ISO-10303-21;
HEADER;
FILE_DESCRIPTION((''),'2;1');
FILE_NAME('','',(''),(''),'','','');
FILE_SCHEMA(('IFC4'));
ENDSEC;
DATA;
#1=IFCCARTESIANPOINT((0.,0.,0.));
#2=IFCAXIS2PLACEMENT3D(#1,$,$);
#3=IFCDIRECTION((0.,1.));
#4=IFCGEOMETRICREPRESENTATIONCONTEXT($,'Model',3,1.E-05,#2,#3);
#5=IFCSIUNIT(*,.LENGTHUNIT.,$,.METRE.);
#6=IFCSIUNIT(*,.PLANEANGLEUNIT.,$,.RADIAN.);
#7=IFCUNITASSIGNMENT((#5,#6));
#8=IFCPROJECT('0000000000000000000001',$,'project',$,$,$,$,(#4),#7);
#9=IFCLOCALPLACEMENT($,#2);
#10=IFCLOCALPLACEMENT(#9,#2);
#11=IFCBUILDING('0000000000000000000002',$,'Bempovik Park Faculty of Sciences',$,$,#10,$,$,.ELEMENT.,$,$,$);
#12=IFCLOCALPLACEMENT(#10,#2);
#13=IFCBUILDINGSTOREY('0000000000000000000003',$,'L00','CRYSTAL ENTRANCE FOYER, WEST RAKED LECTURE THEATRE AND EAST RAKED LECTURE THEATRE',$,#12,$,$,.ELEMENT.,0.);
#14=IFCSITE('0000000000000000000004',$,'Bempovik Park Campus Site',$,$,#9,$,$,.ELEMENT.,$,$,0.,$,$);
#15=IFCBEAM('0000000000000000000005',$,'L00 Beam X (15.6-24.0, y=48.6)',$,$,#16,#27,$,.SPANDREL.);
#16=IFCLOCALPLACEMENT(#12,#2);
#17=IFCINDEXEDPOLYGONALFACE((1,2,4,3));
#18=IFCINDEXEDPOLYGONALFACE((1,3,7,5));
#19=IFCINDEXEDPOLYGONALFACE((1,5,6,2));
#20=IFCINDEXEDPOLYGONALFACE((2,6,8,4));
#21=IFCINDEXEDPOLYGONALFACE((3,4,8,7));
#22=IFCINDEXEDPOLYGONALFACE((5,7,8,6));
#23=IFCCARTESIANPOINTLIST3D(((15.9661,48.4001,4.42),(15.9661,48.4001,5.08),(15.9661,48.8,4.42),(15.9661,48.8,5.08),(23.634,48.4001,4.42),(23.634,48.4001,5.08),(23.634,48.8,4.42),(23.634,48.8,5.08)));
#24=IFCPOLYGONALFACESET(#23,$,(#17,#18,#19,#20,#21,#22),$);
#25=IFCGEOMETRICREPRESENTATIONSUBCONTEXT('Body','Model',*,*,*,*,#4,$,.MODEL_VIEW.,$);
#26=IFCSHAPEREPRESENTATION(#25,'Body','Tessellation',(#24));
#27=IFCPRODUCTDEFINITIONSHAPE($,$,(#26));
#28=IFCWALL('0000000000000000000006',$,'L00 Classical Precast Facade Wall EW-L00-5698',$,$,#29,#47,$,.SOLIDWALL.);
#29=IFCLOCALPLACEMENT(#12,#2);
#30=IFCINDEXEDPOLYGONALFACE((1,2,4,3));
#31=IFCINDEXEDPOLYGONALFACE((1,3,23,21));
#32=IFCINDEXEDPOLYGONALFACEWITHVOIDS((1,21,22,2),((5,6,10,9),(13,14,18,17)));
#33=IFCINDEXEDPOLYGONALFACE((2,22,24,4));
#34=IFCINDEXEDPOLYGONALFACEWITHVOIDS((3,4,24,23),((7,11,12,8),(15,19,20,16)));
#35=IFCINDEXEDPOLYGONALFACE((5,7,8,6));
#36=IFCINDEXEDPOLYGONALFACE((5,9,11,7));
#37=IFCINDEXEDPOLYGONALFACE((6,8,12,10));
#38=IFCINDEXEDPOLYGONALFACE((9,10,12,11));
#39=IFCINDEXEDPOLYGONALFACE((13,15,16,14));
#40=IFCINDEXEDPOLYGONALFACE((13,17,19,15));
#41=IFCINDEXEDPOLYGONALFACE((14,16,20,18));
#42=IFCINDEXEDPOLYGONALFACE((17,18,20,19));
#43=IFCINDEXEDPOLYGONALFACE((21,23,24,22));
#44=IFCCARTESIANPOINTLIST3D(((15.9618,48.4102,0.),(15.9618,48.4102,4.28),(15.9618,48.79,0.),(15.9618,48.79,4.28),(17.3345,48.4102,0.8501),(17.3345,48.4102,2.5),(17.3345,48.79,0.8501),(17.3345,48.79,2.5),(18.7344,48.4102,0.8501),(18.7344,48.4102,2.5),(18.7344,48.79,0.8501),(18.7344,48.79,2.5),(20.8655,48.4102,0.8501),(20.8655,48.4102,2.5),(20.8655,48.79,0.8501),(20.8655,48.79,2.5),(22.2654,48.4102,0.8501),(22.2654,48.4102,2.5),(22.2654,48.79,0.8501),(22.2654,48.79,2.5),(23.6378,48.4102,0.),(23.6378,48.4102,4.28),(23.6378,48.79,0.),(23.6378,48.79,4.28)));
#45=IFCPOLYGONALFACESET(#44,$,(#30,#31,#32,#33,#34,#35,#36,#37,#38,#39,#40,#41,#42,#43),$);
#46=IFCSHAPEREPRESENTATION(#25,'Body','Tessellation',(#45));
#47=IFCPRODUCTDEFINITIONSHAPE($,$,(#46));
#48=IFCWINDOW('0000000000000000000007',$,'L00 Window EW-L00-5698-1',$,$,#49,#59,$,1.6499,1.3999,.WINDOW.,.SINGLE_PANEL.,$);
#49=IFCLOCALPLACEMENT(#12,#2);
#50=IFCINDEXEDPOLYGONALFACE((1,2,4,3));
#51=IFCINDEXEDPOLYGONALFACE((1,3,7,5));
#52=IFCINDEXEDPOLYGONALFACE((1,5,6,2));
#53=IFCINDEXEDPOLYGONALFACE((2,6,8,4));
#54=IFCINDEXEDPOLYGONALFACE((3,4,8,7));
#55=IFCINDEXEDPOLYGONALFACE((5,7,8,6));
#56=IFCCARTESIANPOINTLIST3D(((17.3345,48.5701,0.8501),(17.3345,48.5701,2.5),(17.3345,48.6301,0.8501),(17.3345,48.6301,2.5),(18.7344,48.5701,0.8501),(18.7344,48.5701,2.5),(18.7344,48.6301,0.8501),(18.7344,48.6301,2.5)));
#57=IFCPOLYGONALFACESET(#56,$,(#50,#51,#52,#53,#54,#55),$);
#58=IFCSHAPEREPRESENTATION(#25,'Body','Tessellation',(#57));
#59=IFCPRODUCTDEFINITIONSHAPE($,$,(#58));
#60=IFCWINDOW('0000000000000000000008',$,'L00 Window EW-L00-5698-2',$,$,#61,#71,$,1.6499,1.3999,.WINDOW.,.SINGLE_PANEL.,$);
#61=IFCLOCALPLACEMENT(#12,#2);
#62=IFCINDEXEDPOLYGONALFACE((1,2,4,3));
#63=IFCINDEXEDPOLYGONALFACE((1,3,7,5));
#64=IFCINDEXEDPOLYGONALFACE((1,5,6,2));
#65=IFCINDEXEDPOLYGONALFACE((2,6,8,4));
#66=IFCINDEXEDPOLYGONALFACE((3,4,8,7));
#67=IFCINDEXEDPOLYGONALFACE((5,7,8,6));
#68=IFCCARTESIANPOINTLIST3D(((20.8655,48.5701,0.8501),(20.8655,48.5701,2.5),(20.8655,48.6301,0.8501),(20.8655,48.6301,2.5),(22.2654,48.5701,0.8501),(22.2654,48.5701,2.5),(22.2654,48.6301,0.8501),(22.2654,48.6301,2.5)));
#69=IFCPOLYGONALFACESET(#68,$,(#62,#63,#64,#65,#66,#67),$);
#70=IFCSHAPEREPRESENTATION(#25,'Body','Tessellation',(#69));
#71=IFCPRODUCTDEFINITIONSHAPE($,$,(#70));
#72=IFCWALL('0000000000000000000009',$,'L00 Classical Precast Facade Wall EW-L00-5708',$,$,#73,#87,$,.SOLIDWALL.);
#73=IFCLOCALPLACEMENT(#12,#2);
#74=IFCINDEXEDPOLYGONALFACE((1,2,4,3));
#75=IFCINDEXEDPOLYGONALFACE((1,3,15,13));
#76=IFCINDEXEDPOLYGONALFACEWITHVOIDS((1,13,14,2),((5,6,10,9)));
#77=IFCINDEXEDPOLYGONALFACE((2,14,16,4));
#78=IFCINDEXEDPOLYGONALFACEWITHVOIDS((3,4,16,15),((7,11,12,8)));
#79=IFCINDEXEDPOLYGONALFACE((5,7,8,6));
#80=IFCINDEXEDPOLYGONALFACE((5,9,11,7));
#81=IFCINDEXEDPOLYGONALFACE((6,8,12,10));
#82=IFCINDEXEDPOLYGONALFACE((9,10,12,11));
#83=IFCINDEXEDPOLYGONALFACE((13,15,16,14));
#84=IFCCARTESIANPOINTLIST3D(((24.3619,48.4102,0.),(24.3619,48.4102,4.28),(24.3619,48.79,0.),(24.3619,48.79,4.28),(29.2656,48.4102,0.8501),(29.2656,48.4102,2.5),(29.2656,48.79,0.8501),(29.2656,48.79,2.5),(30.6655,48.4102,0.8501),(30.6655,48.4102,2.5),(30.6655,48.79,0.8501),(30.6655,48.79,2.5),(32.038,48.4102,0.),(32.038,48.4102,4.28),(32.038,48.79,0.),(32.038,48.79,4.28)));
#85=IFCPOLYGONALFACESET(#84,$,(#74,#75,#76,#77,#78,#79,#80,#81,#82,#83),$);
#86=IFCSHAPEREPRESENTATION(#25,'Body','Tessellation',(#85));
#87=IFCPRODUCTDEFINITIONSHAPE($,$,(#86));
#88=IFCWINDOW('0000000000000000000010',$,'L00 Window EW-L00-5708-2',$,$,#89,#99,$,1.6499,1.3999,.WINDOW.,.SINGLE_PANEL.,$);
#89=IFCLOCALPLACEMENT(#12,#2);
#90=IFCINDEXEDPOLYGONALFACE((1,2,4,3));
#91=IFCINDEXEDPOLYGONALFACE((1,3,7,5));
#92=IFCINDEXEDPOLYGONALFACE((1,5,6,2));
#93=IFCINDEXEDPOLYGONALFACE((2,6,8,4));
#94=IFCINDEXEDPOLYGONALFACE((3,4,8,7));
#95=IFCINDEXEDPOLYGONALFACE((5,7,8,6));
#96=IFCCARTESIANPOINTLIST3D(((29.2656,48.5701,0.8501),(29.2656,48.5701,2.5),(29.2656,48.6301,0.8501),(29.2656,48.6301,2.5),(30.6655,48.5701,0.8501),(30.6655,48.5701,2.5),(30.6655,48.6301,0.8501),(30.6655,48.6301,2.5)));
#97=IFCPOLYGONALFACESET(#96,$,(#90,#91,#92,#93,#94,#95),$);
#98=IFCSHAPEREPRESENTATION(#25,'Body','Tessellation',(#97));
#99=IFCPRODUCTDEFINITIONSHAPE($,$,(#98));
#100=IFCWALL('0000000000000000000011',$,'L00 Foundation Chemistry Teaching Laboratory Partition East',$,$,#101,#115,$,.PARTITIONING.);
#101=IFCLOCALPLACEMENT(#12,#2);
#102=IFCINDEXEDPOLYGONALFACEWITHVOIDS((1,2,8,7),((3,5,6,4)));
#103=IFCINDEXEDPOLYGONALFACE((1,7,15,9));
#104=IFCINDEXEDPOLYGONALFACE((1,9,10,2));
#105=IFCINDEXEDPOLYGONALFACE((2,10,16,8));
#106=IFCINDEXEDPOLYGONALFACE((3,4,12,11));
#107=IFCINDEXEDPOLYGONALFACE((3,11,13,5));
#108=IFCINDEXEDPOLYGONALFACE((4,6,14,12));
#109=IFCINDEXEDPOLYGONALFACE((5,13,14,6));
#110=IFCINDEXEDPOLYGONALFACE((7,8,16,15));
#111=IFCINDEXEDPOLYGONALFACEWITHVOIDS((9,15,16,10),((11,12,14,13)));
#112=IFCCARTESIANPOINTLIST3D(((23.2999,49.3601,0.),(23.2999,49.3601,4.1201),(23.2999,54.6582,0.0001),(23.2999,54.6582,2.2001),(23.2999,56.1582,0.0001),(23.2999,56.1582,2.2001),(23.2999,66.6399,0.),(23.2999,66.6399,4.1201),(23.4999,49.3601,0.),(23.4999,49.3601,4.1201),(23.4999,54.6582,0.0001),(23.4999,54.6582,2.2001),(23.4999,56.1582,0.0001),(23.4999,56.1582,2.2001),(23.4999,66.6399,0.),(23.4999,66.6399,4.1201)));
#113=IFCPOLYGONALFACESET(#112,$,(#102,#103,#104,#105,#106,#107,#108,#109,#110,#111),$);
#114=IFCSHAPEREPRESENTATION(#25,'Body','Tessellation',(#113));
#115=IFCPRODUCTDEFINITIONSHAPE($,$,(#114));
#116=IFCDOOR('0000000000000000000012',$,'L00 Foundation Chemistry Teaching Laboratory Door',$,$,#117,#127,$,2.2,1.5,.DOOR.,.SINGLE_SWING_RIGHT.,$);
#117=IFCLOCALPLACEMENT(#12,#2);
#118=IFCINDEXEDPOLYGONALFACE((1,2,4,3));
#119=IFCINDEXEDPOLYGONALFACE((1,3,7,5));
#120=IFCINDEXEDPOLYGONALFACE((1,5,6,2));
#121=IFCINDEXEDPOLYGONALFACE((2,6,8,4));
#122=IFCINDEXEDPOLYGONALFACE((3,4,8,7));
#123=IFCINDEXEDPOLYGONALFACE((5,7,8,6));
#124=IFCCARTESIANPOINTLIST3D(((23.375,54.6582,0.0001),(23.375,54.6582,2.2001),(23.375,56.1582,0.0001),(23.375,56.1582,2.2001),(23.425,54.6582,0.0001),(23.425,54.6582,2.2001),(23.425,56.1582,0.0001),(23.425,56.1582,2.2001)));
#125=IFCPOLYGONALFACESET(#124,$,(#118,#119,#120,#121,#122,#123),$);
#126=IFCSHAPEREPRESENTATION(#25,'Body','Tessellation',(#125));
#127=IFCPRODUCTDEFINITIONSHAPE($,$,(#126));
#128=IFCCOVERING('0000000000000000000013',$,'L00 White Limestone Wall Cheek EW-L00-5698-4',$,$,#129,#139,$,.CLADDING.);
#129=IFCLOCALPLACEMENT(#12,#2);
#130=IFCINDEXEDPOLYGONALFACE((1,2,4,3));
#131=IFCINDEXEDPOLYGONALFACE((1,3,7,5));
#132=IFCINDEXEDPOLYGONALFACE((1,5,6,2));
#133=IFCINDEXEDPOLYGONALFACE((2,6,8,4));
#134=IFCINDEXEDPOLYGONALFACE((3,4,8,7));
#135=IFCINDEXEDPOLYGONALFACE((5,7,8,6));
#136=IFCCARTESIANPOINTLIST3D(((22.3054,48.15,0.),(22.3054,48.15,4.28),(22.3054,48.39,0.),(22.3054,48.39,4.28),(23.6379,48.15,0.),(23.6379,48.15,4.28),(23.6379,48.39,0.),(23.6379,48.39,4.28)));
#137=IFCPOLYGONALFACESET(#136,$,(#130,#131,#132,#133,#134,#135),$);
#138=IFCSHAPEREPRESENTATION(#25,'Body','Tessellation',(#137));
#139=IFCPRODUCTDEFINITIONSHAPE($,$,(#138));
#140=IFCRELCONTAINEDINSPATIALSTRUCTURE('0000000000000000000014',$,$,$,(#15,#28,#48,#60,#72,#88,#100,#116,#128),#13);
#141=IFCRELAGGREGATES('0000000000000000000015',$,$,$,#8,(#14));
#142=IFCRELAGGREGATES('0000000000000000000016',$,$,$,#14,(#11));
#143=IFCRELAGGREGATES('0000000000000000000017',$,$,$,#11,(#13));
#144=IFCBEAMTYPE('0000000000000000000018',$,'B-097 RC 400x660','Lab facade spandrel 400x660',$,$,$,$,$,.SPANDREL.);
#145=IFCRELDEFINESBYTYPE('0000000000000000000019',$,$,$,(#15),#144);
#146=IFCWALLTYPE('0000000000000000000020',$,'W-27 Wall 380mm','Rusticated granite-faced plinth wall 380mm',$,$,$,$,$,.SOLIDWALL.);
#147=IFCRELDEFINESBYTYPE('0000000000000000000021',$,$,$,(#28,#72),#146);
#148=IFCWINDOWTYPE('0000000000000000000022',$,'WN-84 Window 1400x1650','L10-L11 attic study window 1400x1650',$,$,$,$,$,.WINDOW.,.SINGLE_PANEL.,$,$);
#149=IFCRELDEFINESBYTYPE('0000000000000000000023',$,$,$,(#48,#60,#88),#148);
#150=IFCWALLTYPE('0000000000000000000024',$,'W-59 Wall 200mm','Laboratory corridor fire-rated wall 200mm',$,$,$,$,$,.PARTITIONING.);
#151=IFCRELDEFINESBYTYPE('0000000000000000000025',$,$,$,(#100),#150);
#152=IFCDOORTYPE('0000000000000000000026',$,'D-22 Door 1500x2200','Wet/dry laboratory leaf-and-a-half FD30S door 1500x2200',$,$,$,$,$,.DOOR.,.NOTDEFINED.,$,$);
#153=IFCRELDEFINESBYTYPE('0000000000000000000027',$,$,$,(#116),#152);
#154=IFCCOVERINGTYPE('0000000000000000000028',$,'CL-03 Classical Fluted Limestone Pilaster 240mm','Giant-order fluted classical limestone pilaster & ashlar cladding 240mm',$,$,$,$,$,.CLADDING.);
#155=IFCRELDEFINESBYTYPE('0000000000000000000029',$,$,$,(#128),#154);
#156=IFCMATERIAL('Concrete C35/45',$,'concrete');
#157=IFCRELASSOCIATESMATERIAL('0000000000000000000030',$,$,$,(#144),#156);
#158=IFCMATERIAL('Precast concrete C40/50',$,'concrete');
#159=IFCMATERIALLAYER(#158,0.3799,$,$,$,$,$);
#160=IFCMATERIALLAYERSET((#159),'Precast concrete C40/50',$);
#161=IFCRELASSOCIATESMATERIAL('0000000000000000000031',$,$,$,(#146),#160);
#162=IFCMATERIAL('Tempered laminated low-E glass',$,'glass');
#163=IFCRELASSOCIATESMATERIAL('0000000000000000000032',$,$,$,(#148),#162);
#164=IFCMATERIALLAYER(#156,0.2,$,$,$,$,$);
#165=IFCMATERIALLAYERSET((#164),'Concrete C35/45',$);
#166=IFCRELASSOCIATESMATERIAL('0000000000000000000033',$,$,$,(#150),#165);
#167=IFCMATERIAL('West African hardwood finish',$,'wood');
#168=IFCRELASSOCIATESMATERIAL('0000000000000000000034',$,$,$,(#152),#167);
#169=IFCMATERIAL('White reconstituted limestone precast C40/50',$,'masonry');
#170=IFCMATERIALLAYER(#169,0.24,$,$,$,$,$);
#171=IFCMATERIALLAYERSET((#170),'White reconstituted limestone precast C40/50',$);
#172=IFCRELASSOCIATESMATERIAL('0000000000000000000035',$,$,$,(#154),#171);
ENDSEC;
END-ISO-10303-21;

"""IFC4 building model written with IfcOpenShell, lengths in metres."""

from ifc_helpers import new_model, si_unit, direction, frame, frame_2d, origin, origin_2d, place, context, subcontext, project, spatial, rectangle, extrude, material, layer, layer_set, material_profile, profile_set, type_object, element, fill, save


model = new_model("IFC4")

# Units and contexts
model_context = context("Model", 3, precision=1e-05, world=origin(), true_north=direction((0.0, 1.0)))
body_context = subcontext(model_context, "Body", "Model", "MODEL_VIEW")
ifc_project = project(units=[si_unit("LENGTHUNIT", "METRE"), si_unit("PLANEANGLEUNIT", "RADIAN")], contexts=[model_context])

# Site, building, storey
site_placement = place(None, origin())
site = spatial("IfcSite", under=ifc_project, at=site_placement, Name="Bempovik Park Campus Site", CompositionType="ELEMENT", RefElevation=0.0)
building_placement = place(site_placement, origin())
building = spatial("IfcBuilding", under=site, at=building_placement, Name="Bempovik Park Faculty of Sciences", CompositionType="ELEMENT")
storey_placement = place(building_placement, origin())
storey = spatial("IfcBuildingStorey", under=building, at=storey_placement, Name="L00", Description="CRYSTAL ENTRANCE FOYER, WEST RAKED LECTURE THEATRE AND EAST RAKED LECTURE THEATRE", CompositionType="ELEMENT", Elevation=0.0)

# Shared definitions
ifc_material_1 = material(Name="Concrete C35/45", Category="concrete")

# Beam
ifc_material_profile_1 = material_profile(ifc_material_1, rectangle(XDim=0.3999, YDim=0.6599, at=origin_2d()), Name="RC 400x660")
ifc_profile_set_1 = profile_set([ifc_material_profile_1], Name="Concrete C35/45")
beam_type_1 = type_object("IfcBeamType", Name="B-097 RC 400x660", Description="Lab facade spandrel 400x660", PredefinedType="SPANDREL", material=ifc_profile_set_1)
beam_placement = place(storey_placement, frame((15.9661, 48.6001, 4.75), z_axis=(1.0, 0.0, 0.0), x_axis=(0.0, 1.0, 0.0)))
element("IfcBeam", 1, at=beam_placement, inside=storey, type_object=beam_type_1, Name="L00 Beam X (15.6-24.0, y=48.6)", PredefinedType="SPANDREL", context=body_context, shape_type="SweptSolid", body=[
    extrude(rectangle(XDim=0.3999, YDim=0.6599, at=origin_2d()), origin(), (0.0, 0.0, 1.0), 7.668),
])

# Wall, openings, windows
ifc_material_2 = material(Name="Precast concrete C40/50", Category="concrete")
ifc_layer_1 = layer(ifc_material_2, 0.3799)
ifc_layer_set_1 = layer_set([ifc_layer_1], Name="Precast concrete C40/50")
wall_type_1 = type_object("IfcWallType", Name="W-27 Wall 380mm", Description="Rusticated granite-faced plinth wall 380mm", PredefinedType="SOLIDWALL", material=ifc_layer_set_1)
wall_1_placement = place(storey_placement, frame((15.9619, 48.6001, 0.0), z_axis=(0.0, 0.0, 1.0), x_axis=(1.0, 0.0, 0.0)))
wall_1 = element("IfcWall", 2, at=wall_1_placement, inside=storey, type_object=wall_type_1, Name="L00 Classical Precast Facade Wall EW-L00-5698", PredefinedType="SOLIDWALL", context=body_context, shape_type="SweptSolid", body=[
    extrude(rectangle(XDim=7.676, YDim=0.3799, at=frame_2d((3.8379, 0.0))), origin(), (0.0, 0.0, 1.0), 4.28),
])
opening_1_placement = place(wall_1_placement, frame((1.3726, 0.0, 0.8501)))
opening_1 = element("IfcOpeningElement", 3, at=opening_1_placement, cuts=wall_1, PredefinedType="OPENING", context=body_context, shape_type="SweptSolid", body=[
    extrude(rectangle(XDim=1.3999, YDim=1.6499, at=frame_2d((0.7, 0.825))), frame((0.0, 0.2, 0.0), z_axis=(0.0, -1.0, 0.0), x_axis=(1.0, 0.0, 0.0)), (0.0, 0.0, 1.0), 0.3999),
])
opening_2_placement = place(wall_1_placement, frame((4.9036, 0.0, 0.8501)))
opening_2 = element("IfcOpeningElement", 4, at=opening_2_placement, cuts=wall_1, PredefinedType="OPENING", context=body_context, shape_type="SweptSolid", body=[
    extrude(rectangle(XDim=1.3999, YDim=1.6499, at=frame_2d((0.7, 0.825))), frame((0.0, 0.2, 0.0), z_axis=(0.0, -1.0, 0.0), x_axis=(1.0, 0.0, 0.0)), (0.0, 0.0, 1.0), 0.3999),
])
ifc_material_3 = material(Name="Tempered laminated low-E glass", Category="glass")
window_type = type_object("IfcWindowType", Name="WN-84 Window 1400x1650", Description="L10-L11 attic study window 1400x1650", PartitioningType="SINGLE_PANEL", PredefinedType="WINDOW", material=ifc_material_3)
window_1_placement = place(opening_1_placement, origin())
window_1 = element("IfcWindow", 5, at=window_1_placement, inside=storey, type_object=window_type, Name="L00 Window EW-L00-5698-1", OverallHeight=1.6499, OverallWidth=1.3999, PartitioningType="SINGLE_PANEL", PredefinedType="WINDOW", context=body_context, shape_type="SweptSolid", body=[
    extrude(rectangle(XDim=1.3999, YDim=1.6499, at=frame_2d((0.7, 0.825))), frame((0.0, 0.03, 0.0), z_axis=(0.0, -1.0, 0.0), x_axis=(1.0, 0.0, 0.0)), (0.0, 0.0, 1.0), 0.0601),
])
fill(opening_1, window_1)
window_2_placement = place(opening_2_placement, origin())
window_2 = element("IfcWindow", 6, at=window_2_placement, inside=storey, type_object=window_type, Name="L00 Window EW-L00-5698-2", OverallHeight=1.6499, OverallWidth=1.3999, PartitioningType="SINGLE_PANEL", PredefinedType="WINDOW", context=body_context, shape_type="SweptSolid", body=[
    extrude(rectangle(XDim=1.3999, YDim=1.6499, at=frame_2d((0.7, 0.825))), frame((0.0, 0.03, 0.0), z_axis=(0.0, -1.0, 0.0), x_axis=(1.0, 0.0, 0.0)), (0.0, 0.0, 1.0), 0.0601),
])
fill(opening_2, window_2)

# Wall, opening, window
wall_2_placement = place(storey_placement, frame((24.3621, 48.6001, 0.0), z_axis=(0.0, 0.0, 1.0), x_axis=(1.0, 0.0, 0.0)))
wall_2 = element("IfcWall", 7, at=wall_2_placement, inside=storey, type_object=wall_type_1, Name="L00 Classical Precast Facade Wall EW-L00-5708", PredefinedType="SOLIDWALL", context=body_context, shape_type="SweptSolid", body=[
    extrude(rectangle(XDim=7.676, YDim=0.3799, at=frame_2d((3.8379, 0.0))), origin(), (0.0, 0.0, 1.0), 4.28),
])
opening_3_placement = place(wall_2_placement, frame((4.9036, 0.0, 0.8501)))
opening_3 = element("IfcOpeningElement", 8, at=opening_3_placement, cuts=wall_2, PredefinedType="OPENING", context=body_context, shape_type="SweptSolid", body=[
    extrude(rectangle(XDim=1.3999, YDim=1.6499, at=frame_2d((0.7, 0.825))), frame((0.0, 0.2, 0.0), z_axis=(0.0, -1.0, 0.0), x_axis=(1.0, 0.0, 0.0)), (0.0, 0.0, 1.0), 0.3999),
])
window_3_placement = place(opening_3_placement, origin())
window_3 = element("IfcWindow", 9, at=window_3_placement, inside=storey, type_object=window_type, Name="L00 Window EW-L00-5708-2", OverallHeight=1.6499, OverallWidth=1.3999, PartitioningType="SINGLE_PANEL", PredefinedType="WINDOW", context=body_context, shape_type="SweptSolid", body=[
    extrude(rectangle(XDim=1.3999, YDim=1.6499, at=frame_2d((0.7, 0.825))), frame((0.0, 0.03, 0.0), z_axis=(0.0, -1.0, 0.0), x_axis=(1.0, 0.0, 0.0)), (0.0, 0.0, 1.0), 0.0601),
])
fill(opening_3, window_3)

# Wall, opening, door
ifc_layer_2 = layer(ifc_material_1, 0.2)
ifc_layer_set_2 = layer_set([ifc_layer_2], Name="Concrete C35/45")
wall_type_2 = type_object("IfcWallType", Name="W-59 Wall 200mm", Description="Laboratory corridor fire-rated wall 200mm", PredefinedType="PARTITIONING", material=ifc_layer_set_2)
wall_3_placement = place(storey_placement, frame((23.3999, 49.3601, 0.0), z_axis=(0.0, 0.0, 1.0), x_axis=(0.0, 1.0, 0.0)))
wall_3 = element("IfcWall", 10, at=wall_3_placement, inside=storey, type_object=wall_type_2, Name="L00 Foundation Chemistry Teaching Laboratory Partition East", PredefinedType="PARTITIONING", context=body_context, shape_type="SweptSolid", body=[
    extrude(rectangle(XDim=17.2798, YDim=0.2, at=frame_2d((8.6399, 0.0))), origin(), (0.0, 0.0, 1.0), 4.1201),
])
opening_4_placement = place(wall_3_placement, frame((5.2981, 0.0, 0.0)))
opening_4 = element("IfcOpeningElement", 11, at=opening_4_placement, cuts=wall_3, PredefinedType="OPENING", context=body_context, shape_type="SweptSolid", body=[
    extrude(rectangle(XDim=1.5, YDim=2.2, at=frame_2d((0.75, 1.1001))), frame((0.0, 0.1099, 0.0), z_axis=(0.0, -1.0, 0.0), x_axis=(1.0, 0.0, 0.0)), (0.0, 0.0, 1.0), 0.22),
])
ifc_material_4 = material(Name="West African hardwood finish", Category="wood")
door_type = type_object("IfcDoorType", Name="D-22 Door 1500x2200", Description="Wet/dry laboratory leaf-and-a-half FD30S door 1500x2200", OperationType="NOTDEFINED", PredefinedType="DOOR", material=ifc_material_4)
door_placement = place(opening_4_placement, origin())
door = element("IfcDoor", 12, at=door_placement, inside=storey, type_object=door_type, Name="L00 Foundation Chemistry Teaching Laboratory Door", OperationType="SINGLE_SWING_RIGHT", OverallHeight=2.2, OverallWidth=1.5, PredefinedType="DOOR", context=body_context, shape_type="SweptSolid", body=[
    extrude(rectangle(XDim=1.5, YDim=2.2, at=frame_2d((0.75, 1.1001))), frame((0.0, 0.0249, 0.0), z_axis=(0.0, -1.0, 0.0), x_axis=(1.0, 0.0, 0.0)), (0.0, 0.0, 1.0), 0.05),
])
fill(opening_4, door)

# Covering
ifc_material_5 = material(Name="White reconstituted limestone precast C40/50", Category="masonry")
ifc_layer_3 = layer(ifc_material_5, 0.24)
ifc_layer_set_3 = layer_set([ifc_layer_3], Name="White reconstituted limestone precast C40/50")
covering_type = type_object("IfcCoveringType", Name="CL-03 Classical Fluted Limestone Pilaster 240mm", Description="Giant-order fluted classical limestone pilaster & ashlar cladding 240mm", PredefinedType="CLADDING", material=ifc_layer_set_3)
covering_placement = place(storey_placement, frame((22.9717, 48.27, 0.0), z_axis=(0.0, 0.0, 1.0), x_axis=(1.0, 0.0, 0.0)))
element("IfcCovering", 13, at=covering_placement, inside=storey, type_object=covering_type, Name="L00 White Limestone Wall Cheek EW-L00-5698-4", PredefinedType="CLADDING", context=body_context, shape_type="SweptSolid", body=[
    extrude(rectangle(XDim=1.3325, YDim=0.24, at=origin_2d()), origin(), (0.0, 0.0, 1.0), 4.28),
])

save(model, "model.ifc")
